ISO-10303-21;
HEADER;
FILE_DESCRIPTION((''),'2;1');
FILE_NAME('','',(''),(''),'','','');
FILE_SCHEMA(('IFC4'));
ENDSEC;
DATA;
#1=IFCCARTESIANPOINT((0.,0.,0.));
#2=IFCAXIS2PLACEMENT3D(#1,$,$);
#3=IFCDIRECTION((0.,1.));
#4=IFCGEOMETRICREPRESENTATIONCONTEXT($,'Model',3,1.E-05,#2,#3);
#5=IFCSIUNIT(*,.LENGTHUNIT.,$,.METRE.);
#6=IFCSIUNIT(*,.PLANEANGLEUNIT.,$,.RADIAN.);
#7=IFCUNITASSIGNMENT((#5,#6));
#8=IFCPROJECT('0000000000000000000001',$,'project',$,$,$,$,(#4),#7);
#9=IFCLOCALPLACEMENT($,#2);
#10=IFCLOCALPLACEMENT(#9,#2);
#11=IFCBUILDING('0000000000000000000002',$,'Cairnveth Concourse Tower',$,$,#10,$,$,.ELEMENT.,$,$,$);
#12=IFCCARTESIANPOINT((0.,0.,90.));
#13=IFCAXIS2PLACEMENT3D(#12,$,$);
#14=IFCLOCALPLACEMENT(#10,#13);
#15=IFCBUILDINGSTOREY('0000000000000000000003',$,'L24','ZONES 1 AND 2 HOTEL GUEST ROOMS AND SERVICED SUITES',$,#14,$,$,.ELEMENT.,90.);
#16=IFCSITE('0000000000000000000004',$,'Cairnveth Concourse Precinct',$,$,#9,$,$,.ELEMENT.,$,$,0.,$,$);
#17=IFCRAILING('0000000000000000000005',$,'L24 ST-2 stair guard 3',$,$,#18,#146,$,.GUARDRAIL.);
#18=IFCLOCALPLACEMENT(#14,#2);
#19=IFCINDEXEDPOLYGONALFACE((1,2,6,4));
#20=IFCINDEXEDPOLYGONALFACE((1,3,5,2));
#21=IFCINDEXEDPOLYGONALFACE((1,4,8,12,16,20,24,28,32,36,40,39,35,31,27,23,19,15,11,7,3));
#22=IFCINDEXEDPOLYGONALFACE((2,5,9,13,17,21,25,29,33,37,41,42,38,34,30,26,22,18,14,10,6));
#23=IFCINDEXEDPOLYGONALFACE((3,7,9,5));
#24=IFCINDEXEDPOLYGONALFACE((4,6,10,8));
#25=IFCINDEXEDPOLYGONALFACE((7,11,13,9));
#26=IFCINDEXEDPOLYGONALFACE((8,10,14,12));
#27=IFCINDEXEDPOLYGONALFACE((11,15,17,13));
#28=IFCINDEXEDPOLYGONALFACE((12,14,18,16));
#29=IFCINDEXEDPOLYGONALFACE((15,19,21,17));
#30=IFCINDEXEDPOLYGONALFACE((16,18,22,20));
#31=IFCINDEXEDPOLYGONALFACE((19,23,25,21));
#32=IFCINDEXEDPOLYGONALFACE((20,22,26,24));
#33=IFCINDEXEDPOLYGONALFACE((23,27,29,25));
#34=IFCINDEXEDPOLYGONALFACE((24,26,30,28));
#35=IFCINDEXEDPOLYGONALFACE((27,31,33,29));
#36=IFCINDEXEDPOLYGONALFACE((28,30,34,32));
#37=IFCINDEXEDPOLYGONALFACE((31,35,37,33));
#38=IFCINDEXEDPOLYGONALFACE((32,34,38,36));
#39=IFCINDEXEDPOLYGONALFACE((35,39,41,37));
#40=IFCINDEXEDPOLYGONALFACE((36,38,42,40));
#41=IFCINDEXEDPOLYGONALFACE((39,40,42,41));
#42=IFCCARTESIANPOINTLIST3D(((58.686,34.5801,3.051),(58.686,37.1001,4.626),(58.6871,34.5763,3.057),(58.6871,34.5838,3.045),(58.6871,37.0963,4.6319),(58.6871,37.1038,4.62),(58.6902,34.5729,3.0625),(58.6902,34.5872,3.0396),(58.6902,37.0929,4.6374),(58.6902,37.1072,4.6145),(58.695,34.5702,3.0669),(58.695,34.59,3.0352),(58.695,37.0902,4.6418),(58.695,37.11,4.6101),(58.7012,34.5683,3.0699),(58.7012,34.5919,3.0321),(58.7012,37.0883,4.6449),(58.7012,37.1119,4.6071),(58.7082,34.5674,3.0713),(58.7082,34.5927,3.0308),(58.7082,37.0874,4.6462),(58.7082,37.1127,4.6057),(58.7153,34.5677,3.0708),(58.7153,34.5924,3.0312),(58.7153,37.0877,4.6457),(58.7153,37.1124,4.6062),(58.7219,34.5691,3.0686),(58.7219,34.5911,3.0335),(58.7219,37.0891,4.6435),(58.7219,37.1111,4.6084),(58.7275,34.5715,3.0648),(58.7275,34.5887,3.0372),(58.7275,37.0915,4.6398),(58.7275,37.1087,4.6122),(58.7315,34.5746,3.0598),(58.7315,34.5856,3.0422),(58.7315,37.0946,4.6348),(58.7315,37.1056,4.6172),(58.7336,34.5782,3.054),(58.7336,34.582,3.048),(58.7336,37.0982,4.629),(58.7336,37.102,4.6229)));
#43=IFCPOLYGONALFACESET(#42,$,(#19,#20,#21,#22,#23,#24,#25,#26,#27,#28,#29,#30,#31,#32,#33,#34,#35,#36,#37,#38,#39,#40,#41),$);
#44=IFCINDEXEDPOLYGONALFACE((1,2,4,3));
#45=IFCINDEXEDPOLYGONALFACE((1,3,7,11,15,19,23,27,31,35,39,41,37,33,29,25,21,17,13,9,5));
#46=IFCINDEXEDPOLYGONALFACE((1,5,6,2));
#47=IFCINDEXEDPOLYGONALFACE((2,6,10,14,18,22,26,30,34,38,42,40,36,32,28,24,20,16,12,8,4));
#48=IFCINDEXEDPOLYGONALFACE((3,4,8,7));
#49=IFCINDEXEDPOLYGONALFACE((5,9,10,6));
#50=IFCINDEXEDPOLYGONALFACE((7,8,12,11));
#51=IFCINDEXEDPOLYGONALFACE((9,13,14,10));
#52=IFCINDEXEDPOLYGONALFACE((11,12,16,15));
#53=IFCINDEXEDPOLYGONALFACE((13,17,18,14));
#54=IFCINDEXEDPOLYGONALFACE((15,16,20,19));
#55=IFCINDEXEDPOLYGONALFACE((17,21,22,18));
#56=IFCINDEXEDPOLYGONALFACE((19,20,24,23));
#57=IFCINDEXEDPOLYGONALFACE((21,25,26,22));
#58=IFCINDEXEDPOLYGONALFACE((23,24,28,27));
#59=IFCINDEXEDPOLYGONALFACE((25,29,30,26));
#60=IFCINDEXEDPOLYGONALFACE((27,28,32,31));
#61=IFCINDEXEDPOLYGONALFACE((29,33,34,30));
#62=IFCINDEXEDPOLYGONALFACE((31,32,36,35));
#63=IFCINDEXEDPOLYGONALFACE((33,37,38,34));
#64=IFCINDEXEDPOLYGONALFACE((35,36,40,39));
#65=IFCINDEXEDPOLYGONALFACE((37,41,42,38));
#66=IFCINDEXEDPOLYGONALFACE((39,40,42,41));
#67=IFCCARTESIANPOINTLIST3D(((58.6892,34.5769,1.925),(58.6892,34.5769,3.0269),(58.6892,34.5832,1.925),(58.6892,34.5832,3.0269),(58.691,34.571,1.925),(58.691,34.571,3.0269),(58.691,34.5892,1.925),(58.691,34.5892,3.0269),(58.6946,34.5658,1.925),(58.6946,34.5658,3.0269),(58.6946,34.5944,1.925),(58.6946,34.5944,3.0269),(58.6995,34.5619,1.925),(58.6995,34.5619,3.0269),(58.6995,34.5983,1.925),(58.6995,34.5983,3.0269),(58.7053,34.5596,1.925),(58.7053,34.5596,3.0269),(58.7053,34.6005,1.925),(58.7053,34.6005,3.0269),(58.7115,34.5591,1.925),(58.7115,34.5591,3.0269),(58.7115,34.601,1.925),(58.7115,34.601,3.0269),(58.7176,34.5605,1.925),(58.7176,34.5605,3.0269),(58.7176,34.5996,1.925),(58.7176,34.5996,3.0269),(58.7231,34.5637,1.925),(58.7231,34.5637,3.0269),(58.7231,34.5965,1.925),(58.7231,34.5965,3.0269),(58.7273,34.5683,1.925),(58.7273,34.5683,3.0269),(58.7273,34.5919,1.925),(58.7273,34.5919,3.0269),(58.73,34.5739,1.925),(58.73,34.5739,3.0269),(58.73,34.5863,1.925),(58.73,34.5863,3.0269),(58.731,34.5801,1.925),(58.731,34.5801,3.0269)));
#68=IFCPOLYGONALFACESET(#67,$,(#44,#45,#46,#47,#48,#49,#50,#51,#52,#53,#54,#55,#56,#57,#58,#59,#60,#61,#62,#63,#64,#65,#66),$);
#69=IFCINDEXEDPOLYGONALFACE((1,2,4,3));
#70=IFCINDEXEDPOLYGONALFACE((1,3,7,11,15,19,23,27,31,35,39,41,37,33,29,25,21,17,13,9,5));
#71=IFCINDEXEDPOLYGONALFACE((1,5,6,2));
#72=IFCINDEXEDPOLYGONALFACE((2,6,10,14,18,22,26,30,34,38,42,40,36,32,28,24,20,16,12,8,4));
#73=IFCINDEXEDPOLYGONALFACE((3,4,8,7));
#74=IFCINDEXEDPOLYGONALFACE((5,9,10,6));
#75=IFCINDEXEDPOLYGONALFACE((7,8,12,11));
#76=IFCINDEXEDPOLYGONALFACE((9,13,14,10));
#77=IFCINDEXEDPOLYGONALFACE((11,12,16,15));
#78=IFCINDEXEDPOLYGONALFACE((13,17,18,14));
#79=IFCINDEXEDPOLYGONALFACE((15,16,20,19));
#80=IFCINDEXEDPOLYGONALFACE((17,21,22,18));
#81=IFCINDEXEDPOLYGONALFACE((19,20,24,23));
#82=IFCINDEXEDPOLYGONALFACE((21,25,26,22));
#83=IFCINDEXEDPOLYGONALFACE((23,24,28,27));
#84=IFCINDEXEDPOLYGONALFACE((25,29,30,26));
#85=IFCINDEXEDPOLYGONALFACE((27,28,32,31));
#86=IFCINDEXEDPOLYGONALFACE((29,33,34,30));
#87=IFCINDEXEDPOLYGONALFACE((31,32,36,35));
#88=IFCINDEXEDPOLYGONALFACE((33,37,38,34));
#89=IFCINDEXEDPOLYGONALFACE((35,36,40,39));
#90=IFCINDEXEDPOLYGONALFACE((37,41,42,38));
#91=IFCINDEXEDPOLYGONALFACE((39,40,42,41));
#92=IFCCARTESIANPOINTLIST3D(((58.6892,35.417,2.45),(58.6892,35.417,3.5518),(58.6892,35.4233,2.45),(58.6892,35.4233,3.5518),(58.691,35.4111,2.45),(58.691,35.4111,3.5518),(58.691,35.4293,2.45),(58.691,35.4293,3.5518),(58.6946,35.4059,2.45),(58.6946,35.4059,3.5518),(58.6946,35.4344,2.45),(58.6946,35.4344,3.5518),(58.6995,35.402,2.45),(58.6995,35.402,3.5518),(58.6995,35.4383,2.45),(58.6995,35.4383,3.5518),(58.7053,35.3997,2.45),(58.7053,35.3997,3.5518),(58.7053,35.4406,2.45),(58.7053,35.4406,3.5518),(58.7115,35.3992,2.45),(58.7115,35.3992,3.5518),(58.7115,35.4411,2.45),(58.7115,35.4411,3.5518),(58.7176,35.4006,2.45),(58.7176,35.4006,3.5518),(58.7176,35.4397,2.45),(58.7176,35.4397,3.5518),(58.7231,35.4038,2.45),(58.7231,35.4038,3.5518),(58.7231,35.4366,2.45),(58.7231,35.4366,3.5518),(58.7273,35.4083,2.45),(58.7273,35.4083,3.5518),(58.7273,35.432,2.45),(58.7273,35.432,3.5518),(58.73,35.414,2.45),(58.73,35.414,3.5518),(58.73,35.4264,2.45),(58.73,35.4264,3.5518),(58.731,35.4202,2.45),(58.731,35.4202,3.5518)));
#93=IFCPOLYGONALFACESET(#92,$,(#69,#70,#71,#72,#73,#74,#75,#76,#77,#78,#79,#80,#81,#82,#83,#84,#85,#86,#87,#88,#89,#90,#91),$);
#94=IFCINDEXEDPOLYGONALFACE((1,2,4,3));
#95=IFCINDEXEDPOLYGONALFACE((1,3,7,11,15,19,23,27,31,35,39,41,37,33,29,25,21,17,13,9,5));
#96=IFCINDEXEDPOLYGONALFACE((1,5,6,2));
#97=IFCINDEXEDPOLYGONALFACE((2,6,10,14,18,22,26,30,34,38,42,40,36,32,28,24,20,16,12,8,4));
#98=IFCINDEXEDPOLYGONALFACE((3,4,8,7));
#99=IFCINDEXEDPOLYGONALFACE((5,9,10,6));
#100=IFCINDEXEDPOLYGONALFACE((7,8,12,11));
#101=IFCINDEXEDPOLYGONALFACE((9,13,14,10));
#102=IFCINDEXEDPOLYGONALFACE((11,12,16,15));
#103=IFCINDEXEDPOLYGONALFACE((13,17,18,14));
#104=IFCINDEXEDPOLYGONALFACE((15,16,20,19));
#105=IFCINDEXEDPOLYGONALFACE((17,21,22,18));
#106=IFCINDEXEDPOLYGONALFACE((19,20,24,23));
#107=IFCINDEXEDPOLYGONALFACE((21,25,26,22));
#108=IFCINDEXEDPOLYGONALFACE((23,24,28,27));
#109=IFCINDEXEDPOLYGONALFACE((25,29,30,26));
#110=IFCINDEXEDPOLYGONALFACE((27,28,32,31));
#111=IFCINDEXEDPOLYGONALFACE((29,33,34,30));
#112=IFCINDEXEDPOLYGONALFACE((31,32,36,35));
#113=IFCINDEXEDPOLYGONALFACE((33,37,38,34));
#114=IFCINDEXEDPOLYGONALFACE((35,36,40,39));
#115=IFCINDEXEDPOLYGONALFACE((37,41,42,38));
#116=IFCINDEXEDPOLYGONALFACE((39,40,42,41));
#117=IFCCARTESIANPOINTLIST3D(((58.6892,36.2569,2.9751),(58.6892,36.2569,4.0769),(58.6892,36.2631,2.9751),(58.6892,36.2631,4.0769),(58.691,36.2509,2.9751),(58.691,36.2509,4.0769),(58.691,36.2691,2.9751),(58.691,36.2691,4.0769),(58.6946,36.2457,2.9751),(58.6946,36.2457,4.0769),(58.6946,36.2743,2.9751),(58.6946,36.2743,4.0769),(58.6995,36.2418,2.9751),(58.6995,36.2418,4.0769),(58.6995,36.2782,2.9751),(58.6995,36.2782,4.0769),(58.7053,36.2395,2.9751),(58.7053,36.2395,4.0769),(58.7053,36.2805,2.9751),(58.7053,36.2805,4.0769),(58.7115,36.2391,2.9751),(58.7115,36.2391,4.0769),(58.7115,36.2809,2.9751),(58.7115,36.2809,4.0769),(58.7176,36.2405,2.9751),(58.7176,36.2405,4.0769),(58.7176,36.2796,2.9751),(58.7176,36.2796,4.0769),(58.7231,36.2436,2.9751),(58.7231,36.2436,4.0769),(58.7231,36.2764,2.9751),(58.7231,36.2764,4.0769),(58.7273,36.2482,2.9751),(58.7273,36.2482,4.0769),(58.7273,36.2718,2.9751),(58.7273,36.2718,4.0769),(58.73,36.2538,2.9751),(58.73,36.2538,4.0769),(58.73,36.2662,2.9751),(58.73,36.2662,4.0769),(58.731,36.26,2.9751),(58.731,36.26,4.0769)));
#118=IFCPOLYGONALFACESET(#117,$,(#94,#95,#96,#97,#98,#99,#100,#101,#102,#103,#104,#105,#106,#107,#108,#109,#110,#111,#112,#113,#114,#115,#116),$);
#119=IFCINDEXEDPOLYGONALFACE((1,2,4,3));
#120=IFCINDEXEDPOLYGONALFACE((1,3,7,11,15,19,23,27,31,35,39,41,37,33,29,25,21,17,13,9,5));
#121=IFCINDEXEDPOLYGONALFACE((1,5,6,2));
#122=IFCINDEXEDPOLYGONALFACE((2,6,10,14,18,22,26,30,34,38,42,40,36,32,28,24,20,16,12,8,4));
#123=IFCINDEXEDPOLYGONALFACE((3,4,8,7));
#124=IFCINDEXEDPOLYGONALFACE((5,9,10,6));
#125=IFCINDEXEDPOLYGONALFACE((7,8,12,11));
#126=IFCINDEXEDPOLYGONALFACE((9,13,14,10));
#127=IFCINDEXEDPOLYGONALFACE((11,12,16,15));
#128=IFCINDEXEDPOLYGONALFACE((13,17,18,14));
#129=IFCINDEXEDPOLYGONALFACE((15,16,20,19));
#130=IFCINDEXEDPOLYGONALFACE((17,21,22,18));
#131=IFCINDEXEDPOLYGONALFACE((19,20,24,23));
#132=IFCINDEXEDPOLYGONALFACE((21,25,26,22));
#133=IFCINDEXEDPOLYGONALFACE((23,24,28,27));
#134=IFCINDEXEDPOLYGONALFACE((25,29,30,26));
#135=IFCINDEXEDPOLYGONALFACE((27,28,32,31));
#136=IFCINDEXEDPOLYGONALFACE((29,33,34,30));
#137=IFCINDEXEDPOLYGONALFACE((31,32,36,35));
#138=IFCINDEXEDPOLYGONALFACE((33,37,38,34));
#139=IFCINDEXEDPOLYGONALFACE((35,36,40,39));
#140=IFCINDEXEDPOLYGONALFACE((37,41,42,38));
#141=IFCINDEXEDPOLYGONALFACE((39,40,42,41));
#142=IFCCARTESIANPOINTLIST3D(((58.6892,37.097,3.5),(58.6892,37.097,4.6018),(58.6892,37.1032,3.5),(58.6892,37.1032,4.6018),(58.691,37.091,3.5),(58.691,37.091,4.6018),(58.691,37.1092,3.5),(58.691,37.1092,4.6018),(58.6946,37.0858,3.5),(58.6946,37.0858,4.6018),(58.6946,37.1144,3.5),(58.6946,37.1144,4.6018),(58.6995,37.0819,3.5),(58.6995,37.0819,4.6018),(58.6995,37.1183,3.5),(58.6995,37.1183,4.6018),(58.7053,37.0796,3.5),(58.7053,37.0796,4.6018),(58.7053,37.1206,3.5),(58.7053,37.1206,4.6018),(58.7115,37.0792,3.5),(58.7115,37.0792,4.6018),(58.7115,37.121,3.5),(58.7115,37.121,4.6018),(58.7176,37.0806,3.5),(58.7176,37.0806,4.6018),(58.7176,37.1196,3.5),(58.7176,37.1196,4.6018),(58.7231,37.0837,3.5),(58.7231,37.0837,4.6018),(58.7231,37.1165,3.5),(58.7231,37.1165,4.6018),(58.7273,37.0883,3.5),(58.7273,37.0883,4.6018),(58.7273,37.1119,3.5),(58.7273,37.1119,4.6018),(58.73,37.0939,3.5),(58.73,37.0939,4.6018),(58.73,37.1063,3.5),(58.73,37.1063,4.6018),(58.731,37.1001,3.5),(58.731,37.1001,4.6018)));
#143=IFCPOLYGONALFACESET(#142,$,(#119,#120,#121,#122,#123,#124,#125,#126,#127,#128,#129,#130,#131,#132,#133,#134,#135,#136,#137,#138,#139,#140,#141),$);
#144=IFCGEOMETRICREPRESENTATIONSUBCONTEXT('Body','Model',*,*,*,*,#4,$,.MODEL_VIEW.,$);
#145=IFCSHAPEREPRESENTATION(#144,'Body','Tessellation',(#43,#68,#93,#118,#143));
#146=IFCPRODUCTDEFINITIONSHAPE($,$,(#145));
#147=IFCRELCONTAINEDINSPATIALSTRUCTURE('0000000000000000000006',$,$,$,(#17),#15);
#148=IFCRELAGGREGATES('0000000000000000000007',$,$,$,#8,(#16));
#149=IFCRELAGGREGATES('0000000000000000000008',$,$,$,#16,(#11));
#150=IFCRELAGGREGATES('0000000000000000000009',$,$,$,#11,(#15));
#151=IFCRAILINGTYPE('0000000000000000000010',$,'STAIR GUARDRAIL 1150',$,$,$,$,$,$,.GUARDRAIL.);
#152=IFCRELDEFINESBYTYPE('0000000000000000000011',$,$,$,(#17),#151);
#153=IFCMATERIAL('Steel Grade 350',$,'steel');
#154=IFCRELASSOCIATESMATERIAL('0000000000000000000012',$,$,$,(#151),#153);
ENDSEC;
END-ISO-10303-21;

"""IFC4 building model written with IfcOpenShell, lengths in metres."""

from ifc_helpers import new_model, si_unit, direction, frame, origin, origin_2d, place, context, subcontext, project, spatial, circle, extrude, material, type_object, element, save


model = new_model("IFC4")

# Units and contexts
model_context = context("Model", 3, precision=1e-05, world=origin(), true_north=direction((0.0, 1.0)))
body_context = subcontext(model_context, "Body", "Model", "MODEL_VIEW")
ifc_project = project(units=[si_unit("LENGTHUNIT", "METRE"), si_unit("PLANEANGLEUNIT", "RADIAN")], contexts=[model_context])

# Site, building, storey
site_placement = place(None, origin())
site = spatial("IfcSite", under=ifc_project, at=site_placement, Name="Cairnveth Concourse Precinct", CompositionType="ELEMENT", RefElevation=0.0)
building_placement = place(site_placement, origin())
building = spatial("IfcBuilding", under=site, at=building_placement, Name="Cairnveth Concourse Tower", CompositionType="ELEMENT")
storey_placement = place(building_placement, frame((0.0, 0.0, 90.0)))
storey = spatial("IfcBuildingStorey", under=building, at=storey_placement, Name="L24", Description="ZONES 1 AND 2 HOTEL GUEST ROOMS AND SERVICED SUITES", CompositionType="ELEMENT", Elevation=90.0)

# Shared definitions
ifc_material_1 = material(Name="Steel Grade 350", Category="steel")

# Railing
railing_type_1 = type_object("IfcRailingType", Name="STAIR GUARDRAIL 1150", PredefinedType="GUARDRAIL", material=ifc_material_1)
railing_1_placement = place(storey_placement, frame((58.71, 34.5801, 1.925)))
element("IfcRailing", 1, at=railing_1_placement, inside=storey, type_object=railing_type_1, Name="L24 ST-2 stair guard 3", PredefinedType="GUARDRAIL", context=body_context, shape_type="SweptSolid", body=[
    extrude(circle(Radius=0.0239, at=origin_2d()), frame((0.0, 0.0, 1.126), z_axis=(0.0, 0.848008, 0.529984), x_axis=(-1.0, 0.0, 0.0)), (0.0, 0.0, 1.0), 2.9717),
    extrude(circle(Radius=0.021, at=origin_2d()), origin(), (0.0, 0.0, 1.0), 1.1018),
    extrude(circle(Radius=0.021, at=origin_2d()), frame((0.0, 0.8401, 0.5249)), (0.0, 0.0, 1.0), 1.1018),
    extrude(circle(Radius=0.021, at=origin_2d()), frame((0.0, 1.6799, 1.05)), (0.0, 0.0, 1.0), 1.1018),
    extrude(circle(Radius=0.021, at=origin_2d()), frame((0.0, 2.52, 1.575)), (0.0, 0.0, 1.0), 1.1018),
])

save(model, "model.ifc")
